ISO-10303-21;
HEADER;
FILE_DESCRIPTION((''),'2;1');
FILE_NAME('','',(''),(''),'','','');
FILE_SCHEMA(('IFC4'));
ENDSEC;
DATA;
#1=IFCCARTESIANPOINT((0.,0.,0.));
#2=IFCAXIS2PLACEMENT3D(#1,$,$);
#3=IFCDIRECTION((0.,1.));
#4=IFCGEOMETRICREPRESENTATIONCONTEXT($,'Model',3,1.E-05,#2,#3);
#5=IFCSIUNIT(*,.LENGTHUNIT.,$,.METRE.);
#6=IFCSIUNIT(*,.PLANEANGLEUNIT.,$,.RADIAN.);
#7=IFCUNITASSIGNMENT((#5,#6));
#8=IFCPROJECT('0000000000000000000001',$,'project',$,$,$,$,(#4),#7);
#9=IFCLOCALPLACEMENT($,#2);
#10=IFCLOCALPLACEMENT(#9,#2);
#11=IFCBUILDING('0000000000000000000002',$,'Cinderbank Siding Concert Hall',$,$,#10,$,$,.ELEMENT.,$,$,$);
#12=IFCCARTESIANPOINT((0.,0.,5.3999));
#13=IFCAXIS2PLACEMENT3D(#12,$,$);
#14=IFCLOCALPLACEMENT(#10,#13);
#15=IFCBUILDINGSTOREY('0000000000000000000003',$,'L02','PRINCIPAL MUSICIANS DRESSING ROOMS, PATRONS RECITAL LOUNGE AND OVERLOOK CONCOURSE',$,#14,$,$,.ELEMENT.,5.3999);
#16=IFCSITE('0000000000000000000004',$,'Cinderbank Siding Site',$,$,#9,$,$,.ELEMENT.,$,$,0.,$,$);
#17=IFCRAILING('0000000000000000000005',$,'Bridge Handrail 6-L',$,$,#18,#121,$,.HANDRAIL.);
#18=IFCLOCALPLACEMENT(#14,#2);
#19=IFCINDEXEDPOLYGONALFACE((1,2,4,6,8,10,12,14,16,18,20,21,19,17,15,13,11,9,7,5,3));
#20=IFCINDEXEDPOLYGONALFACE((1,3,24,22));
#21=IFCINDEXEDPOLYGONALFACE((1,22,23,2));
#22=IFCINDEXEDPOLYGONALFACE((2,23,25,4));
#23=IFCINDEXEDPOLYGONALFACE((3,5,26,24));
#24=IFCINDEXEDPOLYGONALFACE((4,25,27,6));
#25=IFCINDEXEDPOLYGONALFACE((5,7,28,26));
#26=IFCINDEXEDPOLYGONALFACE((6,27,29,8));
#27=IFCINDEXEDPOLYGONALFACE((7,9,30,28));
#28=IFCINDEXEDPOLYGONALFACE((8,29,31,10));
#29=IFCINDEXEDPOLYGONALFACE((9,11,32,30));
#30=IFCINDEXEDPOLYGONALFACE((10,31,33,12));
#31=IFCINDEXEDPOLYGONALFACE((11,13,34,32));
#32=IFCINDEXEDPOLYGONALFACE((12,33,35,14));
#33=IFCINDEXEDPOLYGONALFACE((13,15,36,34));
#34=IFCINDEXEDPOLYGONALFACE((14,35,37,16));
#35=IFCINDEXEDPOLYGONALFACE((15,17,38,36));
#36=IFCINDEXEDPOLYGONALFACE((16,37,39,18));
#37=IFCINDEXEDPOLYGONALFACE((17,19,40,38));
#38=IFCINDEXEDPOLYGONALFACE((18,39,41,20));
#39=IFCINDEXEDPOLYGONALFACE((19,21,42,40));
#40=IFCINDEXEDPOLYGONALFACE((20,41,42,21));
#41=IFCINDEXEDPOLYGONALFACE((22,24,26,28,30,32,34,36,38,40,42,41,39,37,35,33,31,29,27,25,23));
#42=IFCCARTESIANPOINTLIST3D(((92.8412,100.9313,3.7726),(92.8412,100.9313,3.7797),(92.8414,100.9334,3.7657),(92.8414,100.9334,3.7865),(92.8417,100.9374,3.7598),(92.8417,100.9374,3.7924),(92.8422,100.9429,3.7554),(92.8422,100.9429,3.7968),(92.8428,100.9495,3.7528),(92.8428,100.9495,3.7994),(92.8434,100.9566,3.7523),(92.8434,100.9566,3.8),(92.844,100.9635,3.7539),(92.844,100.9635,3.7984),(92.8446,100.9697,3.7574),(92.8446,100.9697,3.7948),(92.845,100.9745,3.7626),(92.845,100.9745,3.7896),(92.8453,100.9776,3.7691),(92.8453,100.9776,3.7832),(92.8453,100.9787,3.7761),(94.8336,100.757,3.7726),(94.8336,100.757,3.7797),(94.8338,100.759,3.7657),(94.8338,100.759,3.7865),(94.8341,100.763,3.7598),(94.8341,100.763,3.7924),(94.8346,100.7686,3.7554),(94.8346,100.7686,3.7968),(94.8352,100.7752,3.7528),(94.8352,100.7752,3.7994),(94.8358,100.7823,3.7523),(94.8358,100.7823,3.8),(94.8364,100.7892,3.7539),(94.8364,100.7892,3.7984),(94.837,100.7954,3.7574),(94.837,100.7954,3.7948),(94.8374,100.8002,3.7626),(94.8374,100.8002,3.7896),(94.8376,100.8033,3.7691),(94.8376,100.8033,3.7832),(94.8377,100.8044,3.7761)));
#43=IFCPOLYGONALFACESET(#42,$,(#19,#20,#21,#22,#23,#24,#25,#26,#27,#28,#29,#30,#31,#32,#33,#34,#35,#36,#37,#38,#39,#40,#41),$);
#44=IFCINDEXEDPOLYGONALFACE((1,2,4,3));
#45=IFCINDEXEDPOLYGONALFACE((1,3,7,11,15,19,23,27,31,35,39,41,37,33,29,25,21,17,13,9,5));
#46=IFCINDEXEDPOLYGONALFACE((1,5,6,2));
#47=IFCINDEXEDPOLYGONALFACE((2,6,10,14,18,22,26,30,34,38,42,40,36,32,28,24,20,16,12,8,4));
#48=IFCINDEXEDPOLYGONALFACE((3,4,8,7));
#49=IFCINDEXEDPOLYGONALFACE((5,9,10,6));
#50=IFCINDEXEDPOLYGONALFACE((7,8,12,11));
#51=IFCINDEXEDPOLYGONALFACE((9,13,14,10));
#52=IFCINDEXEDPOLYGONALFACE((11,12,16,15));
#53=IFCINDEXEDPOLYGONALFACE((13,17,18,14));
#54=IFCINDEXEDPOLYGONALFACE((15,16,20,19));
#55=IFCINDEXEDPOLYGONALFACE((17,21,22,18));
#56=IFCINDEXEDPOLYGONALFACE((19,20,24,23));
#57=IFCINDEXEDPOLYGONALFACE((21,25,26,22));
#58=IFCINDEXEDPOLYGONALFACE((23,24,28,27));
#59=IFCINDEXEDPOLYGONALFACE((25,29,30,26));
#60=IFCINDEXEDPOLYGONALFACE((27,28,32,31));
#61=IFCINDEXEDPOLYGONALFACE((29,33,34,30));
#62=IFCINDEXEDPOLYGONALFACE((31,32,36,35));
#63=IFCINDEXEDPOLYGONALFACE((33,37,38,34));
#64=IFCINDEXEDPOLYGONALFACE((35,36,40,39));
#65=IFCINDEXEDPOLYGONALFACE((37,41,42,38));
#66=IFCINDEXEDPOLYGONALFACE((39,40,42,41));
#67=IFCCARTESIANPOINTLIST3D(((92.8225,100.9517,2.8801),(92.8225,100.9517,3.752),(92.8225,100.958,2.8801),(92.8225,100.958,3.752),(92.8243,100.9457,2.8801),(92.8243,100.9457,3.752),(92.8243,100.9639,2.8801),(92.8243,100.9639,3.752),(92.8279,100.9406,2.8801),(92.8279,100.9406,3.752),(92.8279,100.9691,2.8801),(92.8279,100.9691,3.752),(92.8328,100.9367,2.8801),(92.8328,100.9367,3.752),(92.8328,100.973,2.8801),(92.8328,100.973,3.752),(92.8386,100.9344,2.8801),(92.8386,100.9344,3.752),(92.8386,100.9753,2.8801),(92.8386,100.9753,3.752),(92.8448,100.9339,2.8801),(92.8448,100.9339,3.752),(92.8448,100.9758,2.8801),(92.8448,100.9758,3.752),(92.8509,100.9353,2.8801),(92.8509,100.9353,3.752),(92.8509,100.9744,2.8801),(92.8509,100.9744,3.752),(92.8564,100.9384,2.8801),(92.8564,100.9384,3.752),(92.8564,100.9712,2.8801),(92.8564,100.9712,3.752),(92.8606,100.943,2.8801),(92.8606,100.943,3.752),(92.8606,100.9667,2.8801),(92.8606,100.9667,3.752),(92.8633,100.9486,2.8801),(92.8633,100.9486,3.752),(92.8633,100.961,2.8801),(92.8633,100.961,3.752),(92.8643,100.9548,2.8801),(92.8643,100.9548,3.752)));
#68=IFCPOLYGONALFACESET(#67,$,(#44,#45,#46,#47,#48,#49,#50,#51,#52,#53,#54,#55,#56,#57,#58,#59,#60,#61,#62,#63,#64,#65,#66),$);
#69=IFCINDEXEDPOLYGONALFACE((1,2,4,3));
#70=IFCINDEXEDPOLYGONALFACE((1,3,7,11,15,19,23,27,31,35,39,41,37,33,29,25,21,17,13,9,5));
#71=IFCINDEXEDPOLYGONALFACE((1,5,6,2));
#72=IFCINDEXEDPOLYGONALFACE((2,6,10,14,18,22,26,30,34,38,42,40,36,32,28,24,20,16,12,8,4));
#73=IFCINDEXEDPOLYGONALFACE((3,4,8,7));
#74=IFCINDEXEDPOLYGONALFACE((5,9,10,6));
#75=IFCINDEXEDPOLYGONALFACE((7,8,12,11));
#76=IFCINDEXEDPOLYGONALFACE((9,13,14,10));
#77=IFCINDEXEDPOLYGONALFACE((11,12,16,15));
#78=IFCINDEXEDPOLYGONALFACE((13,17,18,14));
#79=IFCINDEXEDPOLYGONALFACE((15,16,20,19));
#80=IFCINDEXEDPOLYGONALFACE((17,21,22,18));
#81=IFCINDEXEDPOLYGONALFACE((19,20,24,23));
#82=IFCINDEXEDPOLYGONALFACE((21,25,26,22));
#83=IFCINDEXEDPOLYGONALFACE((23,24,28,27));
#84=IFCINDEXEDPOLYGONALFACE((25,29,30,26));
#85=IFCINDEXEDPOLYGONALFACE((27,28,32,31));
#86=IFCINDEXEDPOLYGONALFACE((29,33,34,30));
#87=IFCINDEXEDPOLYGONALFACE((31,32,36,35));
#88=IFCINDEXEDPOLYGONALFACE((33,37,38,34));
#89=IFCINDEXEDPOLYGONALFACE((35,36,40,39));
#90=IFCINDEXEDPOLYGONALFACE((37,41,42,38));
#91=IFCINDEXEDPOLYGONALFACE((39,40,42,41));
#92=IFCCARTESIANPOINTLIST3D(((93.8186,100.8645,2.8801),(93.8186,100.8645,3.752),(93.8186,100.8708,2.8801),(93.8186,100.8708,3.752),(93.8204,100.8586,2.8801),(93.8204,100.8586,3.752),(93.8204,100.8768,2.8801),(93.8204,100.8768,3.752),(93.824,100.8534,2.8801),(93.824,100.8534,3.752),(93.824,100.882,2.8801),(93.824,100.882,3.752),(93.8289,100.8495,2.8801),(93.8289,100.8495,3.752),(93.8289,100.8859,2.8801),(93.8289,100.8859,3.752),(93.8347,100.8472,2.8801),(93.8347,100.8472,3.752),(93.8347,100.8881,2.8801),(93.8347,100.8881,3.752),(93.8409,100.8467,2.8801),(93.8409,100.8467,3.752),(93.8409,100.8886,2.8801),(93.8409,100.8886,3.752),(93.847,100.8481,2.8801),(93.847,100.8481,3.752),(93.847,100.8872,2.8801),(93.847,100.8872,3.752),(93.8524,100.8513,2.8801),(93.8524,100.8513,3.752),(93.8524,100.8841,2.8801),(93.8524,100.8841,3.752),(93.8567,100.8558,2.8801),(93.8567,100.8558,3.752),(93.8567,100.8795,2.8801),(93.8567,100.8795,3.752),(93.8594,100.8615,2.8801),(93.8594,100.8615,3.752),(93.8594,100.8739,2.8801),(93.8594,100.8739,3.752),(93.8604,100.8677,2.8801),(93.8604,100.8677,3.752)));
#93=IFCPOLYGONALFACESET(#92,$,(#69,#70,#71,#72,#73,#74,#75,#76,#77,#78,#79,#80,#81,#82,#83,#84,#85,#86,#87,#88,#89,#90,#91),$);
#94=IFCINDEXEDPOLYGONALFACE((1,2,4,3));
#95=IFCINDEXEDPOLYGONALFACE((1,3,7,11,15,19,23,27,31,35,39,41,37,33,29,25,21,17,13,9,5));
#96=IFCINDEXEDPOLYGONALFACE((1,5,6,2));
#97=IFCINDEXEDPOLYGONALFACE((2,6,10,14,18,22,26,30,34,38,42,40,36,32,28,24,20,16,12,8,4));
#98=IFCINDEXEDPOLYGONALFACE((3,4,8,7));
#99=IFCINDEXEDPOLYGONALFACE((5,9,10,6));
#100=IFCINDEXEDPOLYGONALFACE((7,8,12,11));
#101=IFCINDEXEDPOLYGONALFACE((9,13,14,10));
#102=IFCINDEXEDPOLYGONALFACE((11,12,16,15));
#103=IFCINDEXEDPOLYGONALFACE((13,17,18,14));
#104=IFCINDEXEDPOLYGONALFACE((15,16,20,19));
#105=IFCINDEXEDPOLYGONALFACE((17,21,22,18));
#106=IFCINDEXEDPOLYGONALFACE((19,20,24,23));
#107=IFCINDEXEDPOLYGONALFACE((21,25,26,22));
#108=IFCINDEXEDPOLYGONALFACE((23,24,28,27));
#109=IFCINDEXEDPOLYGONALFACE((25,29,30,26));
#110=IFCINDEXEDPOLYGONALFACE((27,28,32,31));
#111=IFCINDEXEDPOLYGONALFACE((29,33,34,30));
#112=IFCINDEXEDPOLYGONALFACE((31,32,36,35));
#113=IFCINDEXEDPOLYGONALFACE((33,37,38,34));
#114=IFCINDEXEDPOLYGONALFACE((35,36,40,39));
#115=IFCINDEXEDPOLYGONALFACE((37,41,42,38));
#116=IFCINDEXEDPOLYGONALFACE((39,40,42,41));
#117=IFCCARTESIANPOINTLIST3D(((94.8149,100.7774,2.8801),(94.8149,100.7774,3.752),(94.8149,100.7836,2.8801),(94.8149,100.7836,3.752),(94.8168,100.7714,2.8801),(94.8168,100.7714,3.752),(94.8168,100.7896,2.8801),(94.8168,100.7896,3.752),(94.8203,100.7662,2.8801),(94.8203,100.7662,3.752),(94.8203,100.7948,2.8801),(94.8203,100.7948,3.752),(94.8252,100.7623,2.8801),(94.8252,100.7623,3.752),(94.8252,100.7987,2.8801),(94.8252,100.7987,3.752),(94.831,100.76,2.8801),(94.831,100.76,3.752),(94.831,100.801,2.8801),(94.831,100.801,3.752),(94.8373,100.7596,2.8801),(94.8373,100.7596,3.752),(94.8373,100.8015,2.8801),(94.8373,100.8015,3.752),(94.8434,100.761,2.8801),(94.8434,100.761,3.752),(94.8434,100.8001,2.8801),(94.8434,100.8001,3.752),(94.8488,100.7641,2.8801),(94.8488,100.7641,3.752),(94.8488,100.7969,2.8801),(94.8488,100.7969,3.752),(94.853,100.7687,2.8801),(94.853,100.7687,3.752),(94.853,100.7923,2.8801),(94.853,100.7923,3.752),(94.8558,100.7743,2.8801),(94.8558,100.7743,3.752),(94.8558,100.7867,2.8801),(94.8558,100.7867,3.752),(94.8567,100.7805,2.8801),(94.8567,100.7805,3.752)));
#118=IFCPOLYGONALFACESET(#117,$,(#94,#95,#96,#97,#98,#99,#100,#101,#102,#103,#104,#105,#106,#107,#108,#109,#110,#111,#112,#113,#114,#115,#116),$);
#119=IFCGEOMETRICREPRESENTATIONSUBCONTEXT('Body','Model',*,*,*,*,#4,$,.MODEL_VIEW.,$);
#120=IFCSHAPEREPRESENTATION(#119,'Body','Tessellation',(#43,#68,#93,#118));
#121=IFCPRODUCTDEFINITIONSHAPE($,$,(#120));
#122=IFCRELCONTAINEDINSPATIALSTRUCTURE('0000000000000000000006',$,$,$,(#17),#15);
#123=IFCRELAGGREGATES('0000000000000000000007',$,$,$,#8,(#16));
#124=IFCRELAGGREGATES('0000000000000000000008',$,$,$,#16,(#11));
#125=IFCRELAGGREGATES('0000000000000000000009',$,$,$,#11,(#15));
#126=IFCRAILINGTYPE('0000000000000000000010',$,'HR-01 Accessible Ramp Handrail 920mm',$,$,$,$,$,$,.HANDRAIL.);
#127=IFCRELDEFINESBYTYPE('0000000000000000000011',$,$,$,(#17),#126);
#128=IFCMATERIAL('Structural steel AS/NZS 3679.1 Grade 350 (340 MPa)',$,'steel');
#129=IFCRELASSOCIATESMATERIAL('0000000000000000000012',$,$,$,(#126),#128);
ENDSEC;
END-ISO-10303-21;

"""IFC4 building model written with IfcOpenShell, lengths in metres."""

from ifc_helpers import new_model, si_unit, direction, frame, origin, origin_2d, place, context, subcontext, project, spatial, circle, extrude, material, type_object, element, save


model = new_model("IFC4")

# Units and contexts
model_context = context("Model", 3, precision=1e-05, world=origin(), true_north=direction((0.0, 1.0)))
body_context = subcontext(model_context, "Body", "Model", "MODEL_VIEW")
ifc_project = project(units=[si_unit("LENGTHUNIT", "METRE"), si_unit("PLANEANGLEUNIT", "RADIAN")], contexts=[model_context])

# Site, building, storey
site_placement = place(None, origin())
site = spatial("IfcSite", under=ifc_project, at=site_placement, Name="Cinderbank Siding Site", CompositionType="ELEMENT", RefElevation=0.0)
building_placement = place(site_placement, origin())
building = spatial("IfcBuilding", under=site, at=building_placement, Name="Cinderbank Siding Concert Hall", CompositionType="ELEMENT")
storey_placement = place(building_placement, frame((0.0, 0.0, 5.3999)))
storey = spatial("IfcBuildingStorey", under=building, at=storey_placement, Name="L02", Description="PRINCIPAL MUSICIANS DRESSING ROOMS, PATRONS RECITAL LOUNGE AND OVERLOOK CONCOURSE", CompositionType="ELEMENT", Elevation=5.3999)

# Shared definitions
ifc_material_1 = material(Name="Structural steel AS/NZS 3679.1 Grade 350 (340 MPa)", Category="steel")

# Railing
railing_type_1 = type_object("IfcRailingType", Name="HR-01 Accessible Ramp Handrail 920mm", PredefinedType="HANDRAIL", material=ifc_material_1)
railing_1_placement = place(storey_placement, frame((92.8433, 100.9548, 2.8801)))
element("IfcRailing", 1, at=railing_1_placement, inside=storey, type_object=railing_type_1, Name="Bridge Handrail 6-L", PredefinedType="HANDRAIL", context=body_context, shape_type="SweptSolid", body=[
    extrude(circle(Radius=0.0239, at=origin_2d()), frame((0.0, 0.0, 0.896), z_axis=(0.996195, -0.087156, 0.0), x_axis=(0.087156, 0.996195, 0.0)), (0.0, 0.0, 1.0), 2.0),
    extrude(circle(Radius=0.021, at=origin_2d()), origin(), (0.0, 0.0, 1.0), 0.8718),
    extrude(circle(Radius=0.021, at=origin_2d()), frame((0.9961, -0.0872, 0.0)), (0.0, 0.0, 1.0), 0.8718),
    extrude(circle(Radius=0.021, at=origin_2d()), frame((1.9924, -0.1743, 0.0)), (0.0, 0.0, 1.0), 0.8718),
])

save(model, "model.ifc")
